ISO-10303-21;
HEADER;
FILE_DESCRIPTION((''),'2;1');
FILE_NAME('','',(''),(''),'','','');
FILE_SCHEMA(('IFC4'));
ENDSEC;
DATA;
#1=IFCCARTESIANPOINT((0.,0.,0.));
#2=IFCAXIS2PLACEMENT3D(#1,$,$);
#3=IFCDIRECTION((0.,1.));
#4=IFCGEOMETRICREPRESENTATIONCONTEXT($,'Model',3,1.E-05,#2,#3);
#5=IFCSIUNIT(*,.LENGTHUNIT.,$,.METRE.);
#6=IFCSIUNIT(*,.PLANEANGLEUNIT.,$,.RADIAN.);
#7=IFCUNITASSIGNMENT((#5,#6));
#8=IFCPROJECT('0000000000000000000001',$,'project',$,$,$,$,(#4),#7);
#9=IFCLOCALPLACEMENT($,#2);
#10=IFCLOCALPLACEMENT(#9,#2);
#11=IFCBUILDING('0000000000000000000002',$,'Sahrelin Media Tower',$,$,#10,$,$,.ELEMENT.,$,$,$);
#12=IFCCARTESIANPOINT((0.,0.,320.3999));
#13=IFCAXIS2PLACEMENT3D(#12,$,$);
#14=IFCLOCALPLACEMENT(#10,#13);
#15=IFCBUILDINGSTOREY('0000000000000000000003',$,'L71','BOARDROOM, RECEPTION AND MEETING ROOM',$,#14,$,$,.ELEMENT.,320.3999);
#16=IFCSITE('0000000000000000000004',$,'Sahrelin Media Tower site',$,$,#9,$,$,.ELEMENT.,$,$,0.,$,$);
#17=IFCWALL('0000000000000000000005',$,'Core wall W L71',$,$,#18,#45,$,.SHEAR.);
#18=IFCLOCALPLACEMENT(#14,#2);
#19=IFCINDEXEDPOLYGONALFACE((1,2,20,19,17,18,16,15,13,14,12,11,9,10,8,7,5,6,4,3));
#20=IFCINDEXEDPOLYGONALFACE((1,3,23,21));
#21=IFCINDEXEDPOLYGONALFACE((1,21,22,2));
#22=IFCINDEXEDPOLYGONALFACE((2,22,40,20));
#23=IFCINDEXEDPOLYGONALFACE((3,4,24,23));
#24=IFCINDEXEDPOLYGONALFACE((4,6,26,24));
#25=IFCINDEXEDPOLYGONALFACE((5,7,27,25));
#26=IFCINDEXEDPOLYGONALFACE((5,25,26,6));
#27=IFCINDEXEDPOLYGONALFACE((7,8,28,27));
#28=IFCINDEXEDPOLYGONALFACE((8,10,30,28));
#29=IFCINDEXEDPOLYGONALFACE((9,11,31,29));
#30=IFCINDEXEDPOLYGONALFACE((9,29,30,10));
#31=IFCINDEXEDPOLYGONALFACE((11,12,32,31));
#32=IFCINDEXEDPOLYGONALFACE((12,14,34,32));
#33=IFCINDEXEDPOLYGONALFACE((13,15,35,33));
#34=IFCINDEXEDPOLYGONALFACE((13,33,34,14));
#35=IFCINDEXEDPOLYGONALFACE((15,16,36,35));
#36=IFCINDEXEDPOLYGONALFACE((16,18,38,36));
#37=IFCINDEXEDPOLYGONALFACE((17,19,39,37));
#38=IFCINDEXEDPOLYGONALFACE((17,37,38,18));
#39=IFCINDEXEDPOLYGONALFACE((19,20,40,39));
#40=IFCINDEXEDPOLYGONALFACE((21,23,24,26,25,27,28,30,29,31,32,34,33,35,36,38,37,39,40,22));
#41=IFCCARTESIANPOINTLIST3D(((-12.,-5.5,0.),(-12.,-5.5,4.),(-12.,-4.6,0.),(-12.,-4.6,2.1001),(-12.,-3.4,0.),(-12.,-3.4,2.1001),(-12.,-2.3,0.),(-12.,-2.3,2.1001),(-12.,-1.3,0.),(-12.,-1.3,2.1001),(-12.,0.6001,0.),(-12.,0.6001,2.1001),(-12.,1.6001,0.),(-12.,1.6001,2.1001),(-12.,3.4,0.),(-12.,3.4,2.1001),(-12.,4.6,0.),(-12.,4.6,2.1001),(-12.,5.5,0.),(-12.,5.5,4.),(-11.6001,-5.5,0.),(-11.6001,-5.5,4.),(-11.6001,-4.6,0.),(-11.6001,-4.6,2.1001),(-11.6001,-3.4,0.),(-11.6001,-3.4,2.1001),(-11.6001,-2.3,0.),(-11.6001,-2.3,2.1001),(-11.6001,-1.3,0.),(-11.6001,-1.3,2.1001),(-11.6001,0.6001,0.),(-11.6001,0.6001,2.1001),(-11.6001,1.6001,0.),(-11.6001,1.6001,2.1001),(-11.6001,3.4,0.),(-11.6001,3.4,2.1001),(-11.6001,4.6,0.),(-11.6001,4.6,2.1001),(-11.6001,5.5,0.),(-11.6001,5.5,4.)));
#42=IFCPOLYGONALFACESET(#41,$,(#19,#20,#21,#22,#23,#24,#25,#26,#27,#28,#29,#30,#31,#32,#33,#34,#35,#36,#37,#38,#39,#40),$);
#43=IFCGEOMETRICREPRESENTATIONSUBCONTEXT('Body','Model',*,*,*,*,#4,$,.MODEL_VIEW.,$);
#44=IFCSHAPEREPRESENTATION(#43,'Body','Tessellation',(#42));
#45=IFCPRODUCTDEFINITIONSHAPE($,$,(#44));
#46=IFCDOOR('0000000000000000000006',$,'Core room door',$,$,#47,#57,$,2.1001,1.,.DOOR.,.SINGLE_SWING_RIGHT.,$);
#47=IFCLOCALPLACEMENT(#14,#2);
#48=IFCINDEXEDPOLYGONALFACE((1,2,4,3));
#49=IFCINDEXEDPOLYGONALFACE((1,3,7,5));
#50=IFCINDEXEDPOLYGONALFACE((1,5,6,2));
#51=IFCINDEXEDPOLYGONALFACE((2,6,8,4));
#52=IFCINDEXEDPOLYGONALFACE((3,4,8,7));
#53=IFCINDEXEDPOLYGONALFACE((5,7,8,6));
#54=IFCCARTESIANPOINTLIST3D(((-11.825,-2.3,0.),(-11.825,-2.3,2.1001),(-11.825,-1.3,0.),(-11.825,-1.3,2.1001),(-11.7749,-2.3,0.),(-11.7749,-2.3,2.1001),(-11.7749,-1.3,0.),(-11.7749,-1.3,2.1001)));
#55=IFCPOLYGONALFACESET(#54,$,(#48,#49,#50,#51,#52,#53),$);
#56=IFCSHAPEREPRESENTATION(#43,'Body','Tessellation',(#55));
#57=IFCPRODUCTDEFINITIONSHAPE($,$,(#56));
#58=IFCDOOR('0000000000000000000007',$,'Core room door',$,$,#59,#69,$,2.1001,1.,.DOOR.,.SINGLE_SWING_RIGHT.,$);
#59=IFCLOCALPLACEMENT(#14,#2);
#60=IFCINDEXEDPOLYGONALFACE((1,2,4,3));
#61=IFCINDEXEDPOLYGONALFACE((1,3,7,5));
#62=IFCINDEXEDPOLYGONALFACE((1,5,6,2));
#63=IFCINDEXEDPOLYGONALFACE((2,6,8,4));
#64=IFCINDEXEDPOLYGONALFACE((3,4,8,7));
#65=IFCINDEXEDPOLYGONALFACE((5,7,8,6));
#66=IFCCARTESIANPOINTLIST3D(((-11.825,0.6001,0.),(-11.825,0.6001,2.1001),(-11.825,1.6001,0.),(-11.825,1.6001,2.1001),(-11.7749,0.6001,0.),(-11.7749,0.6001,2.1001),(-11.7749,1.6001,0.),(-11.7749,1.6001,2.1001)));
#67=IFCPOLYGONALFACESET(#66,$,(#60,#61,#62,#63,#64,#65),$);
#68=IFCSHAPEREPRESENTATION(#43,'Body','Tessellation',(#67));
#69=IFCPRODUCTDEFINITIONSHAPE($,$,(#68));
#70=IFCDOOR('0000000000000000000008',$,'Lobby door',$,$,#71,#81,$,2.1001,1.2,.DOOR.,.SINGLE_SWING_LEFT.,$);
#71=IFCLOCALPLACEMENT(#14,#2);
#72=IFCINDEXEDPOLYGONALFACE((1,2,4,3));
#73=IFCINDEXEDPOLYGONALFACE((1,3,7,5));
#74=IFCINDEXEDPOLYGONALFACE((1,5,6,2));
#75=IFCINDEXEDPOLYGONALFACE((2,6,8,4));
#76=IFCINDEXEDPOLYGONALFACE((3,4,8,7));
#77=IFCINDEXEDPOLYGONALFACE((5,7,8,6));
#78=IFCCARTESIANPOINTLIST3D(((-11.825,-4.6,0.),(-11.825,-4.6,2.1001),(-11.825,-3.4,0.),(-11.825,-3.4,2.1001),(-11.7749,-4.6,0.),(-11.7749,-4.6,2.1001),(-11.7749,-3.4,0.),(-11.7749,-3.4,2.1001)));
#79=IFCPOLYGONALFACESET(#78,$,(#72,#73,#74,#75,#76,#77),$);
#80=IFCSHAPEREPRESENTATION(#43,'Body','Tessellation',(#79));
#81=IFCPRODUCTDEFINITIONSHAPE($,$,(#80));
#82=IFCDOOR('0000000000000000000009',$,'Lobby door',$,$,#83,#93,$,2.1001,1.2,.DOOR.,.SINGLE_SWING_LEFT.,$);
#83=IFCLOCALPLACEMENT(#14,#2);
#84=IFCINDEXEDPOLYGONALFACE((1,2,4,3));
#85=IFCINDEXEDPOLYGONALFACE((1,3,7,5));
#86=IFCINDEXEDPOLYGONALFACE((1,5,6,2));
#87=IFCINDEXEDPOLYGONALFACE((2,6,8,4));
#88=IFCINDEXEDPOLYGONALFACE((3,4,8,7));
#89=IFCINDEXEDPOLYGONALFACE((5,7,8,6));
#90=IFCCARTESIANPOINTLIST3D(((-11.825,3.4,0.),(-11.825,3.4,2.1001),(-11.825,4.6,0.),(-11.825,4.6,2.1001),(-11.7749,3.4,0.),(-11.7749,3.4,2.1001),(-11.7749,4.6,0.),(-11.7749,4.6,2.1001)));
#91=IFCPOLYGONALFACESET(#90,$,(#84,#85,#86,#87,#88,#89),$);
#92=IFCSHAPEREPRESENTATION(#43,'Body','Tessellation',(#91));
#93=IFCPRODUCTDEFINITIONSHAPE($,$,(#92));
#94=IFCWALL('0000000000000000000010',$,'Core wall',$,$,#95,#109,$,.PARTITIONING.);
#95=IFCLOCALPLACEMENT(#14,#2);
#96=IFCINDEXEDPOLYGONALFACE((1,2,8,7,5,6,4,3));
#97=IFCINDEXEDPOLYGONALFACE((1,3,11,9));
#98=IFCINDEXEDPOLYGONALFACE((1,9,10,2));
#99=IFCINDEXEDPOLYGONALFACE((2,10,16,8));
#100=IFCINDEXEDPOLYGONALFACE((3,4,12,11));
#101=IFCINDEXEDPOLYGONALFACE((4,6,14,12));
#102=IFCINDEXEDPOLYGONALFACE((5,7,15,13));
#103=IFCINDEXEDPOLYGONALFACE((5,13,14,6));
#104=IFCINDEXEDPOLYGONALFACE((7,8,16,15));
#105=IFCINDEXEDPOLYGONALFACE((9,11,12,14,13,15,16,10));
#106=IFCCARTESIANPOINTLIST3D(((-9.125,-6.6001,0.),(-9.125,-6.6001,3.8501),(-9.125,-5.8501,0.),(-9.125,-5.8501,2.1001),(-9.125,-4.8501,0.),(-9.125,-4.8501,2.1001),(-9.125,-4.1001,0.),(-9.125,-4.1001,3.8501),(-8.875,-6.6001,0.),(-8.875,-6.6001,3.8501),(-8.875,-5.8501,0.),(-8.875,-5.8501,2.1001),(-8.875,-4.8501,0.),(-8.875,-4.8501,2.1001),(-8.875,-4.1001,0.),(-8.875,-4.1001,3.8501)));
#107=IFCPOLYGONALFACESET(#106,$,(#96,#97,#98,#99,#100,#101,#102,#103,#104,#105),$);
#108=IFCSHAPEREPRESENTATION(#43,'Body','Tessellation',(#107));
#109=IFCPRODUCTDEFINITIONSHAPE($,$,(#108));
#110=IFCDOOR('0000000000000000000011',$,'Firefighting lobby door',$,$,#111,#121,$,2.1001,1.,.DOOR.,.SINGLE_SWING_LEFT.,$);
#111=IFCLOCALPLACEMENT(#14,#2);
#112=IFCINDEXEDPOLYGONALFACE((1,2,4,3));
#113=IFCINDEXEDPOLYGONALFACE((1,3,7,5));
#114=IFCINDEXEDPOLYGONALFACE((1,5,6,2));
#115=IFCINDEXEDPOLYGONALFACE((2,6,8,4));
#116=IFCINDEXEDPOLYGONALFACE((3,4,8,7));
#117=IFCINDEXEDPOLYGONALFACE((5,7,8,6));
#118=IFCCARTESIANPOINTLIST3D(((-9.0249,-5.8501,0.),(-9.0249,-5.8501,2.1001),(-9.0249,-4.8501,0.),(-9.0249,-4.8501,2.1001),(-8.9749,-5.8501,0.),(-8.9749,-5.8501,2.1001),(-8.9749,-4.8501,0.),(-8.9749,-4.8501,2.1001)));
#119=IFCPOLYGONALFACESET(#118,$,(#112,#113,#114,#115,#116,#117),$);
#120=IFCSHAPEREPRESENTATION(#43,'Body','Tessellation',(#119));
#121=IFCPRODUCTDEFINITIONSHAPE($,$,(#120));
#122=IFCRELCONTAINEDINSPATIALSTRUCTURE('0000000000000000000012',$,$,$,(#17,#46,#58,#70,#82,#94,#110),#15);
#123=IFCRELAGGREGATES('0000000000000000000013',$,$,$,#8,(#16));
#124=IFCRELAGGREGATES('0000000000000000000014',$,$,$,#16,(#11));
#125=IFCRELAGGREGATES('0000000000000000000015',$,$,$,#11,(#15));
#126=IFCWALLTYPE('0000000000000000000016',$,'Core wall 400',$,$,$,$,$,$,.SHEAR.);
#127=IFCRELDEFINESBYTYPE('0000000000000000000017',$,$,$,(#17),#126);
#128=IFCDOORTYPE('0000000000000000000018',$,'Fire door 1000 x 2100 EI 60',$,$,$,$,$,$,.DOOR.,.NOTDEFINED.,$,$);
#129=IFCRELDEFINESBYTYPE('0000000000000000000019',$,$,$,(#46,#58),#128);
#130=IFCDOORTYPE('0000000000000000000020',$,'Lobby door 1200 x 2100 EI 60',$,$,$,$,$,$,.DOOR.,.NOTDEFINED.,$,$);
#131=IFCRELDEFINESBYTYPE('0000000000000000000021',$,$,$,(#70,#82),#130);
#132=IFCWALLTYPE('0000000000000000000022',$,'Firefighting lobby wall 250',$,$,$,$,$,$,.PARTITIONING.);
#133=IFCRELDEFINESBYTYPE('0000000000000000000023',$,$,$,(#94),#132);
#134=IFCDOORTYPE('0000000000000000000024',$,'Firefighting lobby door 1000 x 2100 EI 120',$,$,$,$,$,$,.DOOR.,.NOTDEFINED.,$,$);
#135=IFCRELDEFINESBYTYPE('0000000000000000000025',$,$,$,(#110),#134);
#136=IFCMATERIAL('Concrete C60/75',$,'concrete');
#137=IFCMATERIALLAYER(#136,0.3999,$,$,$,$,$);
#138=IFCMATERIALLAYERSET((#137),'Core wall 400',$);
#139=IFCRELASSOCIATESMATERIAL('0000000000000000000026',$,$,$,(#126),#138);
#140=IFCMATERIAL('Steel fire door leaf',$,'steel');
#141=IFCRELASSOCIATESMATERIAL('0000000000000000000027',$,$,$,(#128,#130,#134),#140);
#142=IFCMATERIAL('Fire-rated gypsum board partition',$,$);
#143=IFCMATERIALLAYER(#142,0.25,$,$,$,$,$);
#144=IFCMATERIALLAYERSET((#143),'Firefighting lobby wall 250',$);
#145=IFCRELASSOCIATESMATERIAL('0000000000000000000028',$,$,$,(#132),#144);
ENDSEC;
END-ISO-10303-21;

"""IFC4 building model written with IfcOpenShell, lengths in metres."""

from ifc_helpers import new_model, si_unit, direction, frame, frame_2d, origin, place, context, subcontext, project, spatial, rectangle, extrude, material, layer, layer_set, type_object, element, fill, save


model = new_model("IFC4")

# Units and contexts
model_context = context("Model", 3, precision=1e-05, world=origin(), true_north=direction((0.0, 1.0)))
body_context = subcontext(model_context, "Body", "Model", "MODEL_VIEW")
ifc_project = project(units=[si_unit("LENGTHUNIT", "METRE"), si_unit("PLANEANGLEUNIT", "RADIAN")], contexts=[model_context])

# Site, building, storey
site_placement = place(None, origin())
site = spatial("IfcSite", under=ifc_project, at=site_placement, Name="Sahrelin Media Tower site", CompositionType="ELEMENT", RefElevation=0.0)
building_placement = place(site_placement, origin())
building = spatial("IfcBuilding", under=site, at=building_placement, Name="Sahrelin Media Tower", CompositionType="ELEMENT")
storey_placement = place(building_placement, frame((0.0, 0.0, 320.3999)))
storey = spatial("IfcBuildingStorey", under=building, at=storey_placement, Name="L71", Description="BOARDROOM, RECEPTION AND MEETING ROOM", CompositionType="ELEMENT", Elevation=320.3999)

# Shared definitions
ifc_material_1 = material(Name="Concrete C60/75", Category="concrete")
ifc_layer_1 = layer(ifc_material_1, 0.3999)
ifc_layer_set_1 = layer_set([ifc_layer_1], Name="Core wall 400")
wall_type_1 = type_object("IfcWallType", Name="Core wall 400", PredefinedType="SHEAR", material=ifc_layer_set_1)

# Wall, openings, doors
wall_1_placement = place(storey_placement, frame((-11.8, -5.5, 0.0), z_axis=(0.0, 0.0, 1.0), x_axis=(0.0, 1.0, 0.0)))
wall_1 = element("IfcWall", 1, at=wall_1_placement, inside=storey, type_object=wall_type_1, Name="Core wall W L71", PredefinedType="SHEAR", context=body_context, shape_type="SweptSolid", body=[
    extrude(rectangle(XDim=11.0, YDim=0.3999, at=frame_2d((5.5, 0.0))), origin(), (0.0, 0.0, 1.0), 4.0),
])
opening_1_placement = place(wall_1_placement, frame((3.2, 0.0, 0.0)))
opening_1 = element("IfcOpeningElement", 2, at=opening_1_placement, cuts=wall_1, PredefinedType="OPENING", context=body_context, shape_type="SweptSolid", body=[
    extrude(rectangle(XDim=1.0, YDim=2.1001, at=frame_2d((0.5, 1.05))), frame((0.0, 0.2, 0.0), z_axis=(0.0, -1.0, 0.0), x_axis=(1.0, 0.0, 0.0)), (0.0, 0.0, 1.0), 0.3999),
])
opening_2_placement = place(wall_1_placement, frame((6.1001, 0.0, 0.0)))
opening_2 = element("IfcOpeningElement", 3, at=opening_2_placement, cuts=wall_1, PredefinedType="OPENING", context=body_context, shape_type="SweptSolid", body=[
    extrude(rectangle(XDim=1.0, YDim=2.1001, at=frame_2d((0.5, 1.05))), frame((0.0, 0.2, 0.0), z_axis=(0.0, -1.0, 0.0), x_axis=(1.0, 0.0, 0.0)), (0.0, 0.0, 1.0), 0.3999),
])
opening_3_placement = place(wall_1_placement, frame((0.8999, 0.0, 0.0)))
opening_3 = element("IfcOpeningElement", 4, at=opening_3_placement, cuts=wall_1, PredefinedType="OPENING", context=body_context, shape_type="SweptSolid", body=[
    extrude(rectangle(XDim=1.2, YDim=2.1001, at=frame_2d((0.6001, 1.05))), frame((0.0, 0.2, 0.0), z_axis=(0.0, -1.0, 0.0), x_axis=(1.0, 0.0, 0.0)), (0.0, 0.0, 1.0), 0.3999),
])
opening_4_placement = place(wall_1_placement, frame((8.8999, 0.0, 0.0)))
opening_4 = element("IfcOpeningElement", 5, at=opening_4_placement, cuts=wall_1, PredefinedType="OPENING", context=body_context, shape_type="SweptSolid", body=[
    extrude(rectangle(XDim=1.2, YDim=2.1001, at=frame_2d((0.6001, 1.05))), frame((0.0, 0.2, 0.0), z_axis=(0.0, -1.0, 0.0), x_axis=(1.0, 0.0, 0.0)), (0.0, 0.0, 1.0), 0.3999),
])
ifc_material_2 = material(Name="Steel fire door leaf", Category="steel")
door_type_1 = type_object("IfcDoorType", Name="Fire door 1000 x 2100 EI 60", OperationType="NOTDEFINED", PredefinedType="DOOR", material=ifc_material_2)
door_1_placement = place(opening_1_placement, origin())
door_1 = element("IfcDoor", 6, at=door_1_placement, inside=storey, type_object=door_type_1, Name="Core room door", OperationType="SINGLE_SWING_RIGHT", OverallHeight=2.1001, OverallWidth=1.0, PredefinedType="DOOR", context=body_context, shape_type="SweptSolid", body=[
    extrude(rectangle(XDim=1.0, YDim=2.1001, at=frame_2d((0.5, 1.05))), frame((0.0, 0.0249, 0.0), z_axis=(0.0, -1.0, 0.0), x_axis=(1.0, 0.0, 0.0)), (0.0, 0.0, 1.0), 0.05),
])
fill(opening_1, door_1)
door_2_placement = place(opening_2_placement, origin())
door_2 = element("IfcDoor", 7, at=door_2_placement, inside=storey, type_object=door_type_1, Name="Core room door", OperationType="SINGLE_SWING_RIGHT", OverallHeight=2.1001, OverallWidth=1.0, PredefinedType="DOOR", context=body_context, shape_type="SweptSolid", body=[
    extrude(rectangle(XDim=1.0, YDim=2.1001, at=frame_2d((0.5, 1.05))), frame((0.0, 0.0249, 0.0), z_axis=(0.0, -1.0, 0.0), x_axis=(1.0, 0.0, 0.0)), (0.0, 0.0, 1.0), 0.05),
])
fill(opening_2, door_2)
door_type_2 = type_object("IfcDoorType", Name="Lobby door 1200 x 2100 EI 60", OperationType="NOTDEFINED", PredefinedType="DOOR", material=ifc_material_2)
door_3_placement = place(opening_3_placement, origin())
door_3 = element("IfcDoor", 8, at=door_3_placement, inside=storey, type_object=door_type_2, Name="Lobby door", OperationType="SINGLE_SWING_LEFT", OverallHeight=2.1001, OverallWidth=1.2, PredefinedType="DOOR", context=body_context, shape_type="SweptSolid", body=[
    extrude(rectangle(XDim=1.2, YDim=2.1001, at=frame_2d((0.6001, 1.05))), frame((0.0, 0.0249, 0.0), z_axis=(0.0, -1.0, 0.0), x_axis=(1.0, 0.0, 0.0)), (0.0, 0.0, 1.0), 0.05),
])
fill(opening_3, door_3)
door_4_placement = place(opening_4_placement, origin())
door_4 = element("IfcDoor", 9, at=door_4_placement, inside=storey, type_object=door_type_2, Name="Lobby door", OperationType="SINGLE_SWING_LEFT", OverallHeight=2.1001, OverallWidth=1.2, PredefinedType="DOOR", context=body_context, shape_type="SweptSolid", body=[
    extrude(rectangle(XDim=1.2, YDim=2.1001, at=frame_2d((0.6001, 1.05))), frame((0.0, 0.0249, 0.0), z_axis=(0.0, -1.0, 0.0), x_axis=(1.0, 0.0, 0.0)), (0.0, 0.0, 1.0), 0.05),
])
fill(opening_4, door_4)

# Wall, opening, door
ifc_material_3 = material(Name="Fire-rated gypsum board partition")
ifc_layer_2 = layer(ifc_material_3, 0.25)
ifc_layer_set_2 = layer_set([ifc_layer_2], Name="Firefighting lobby wall 250")
wall_type_2 = type_object("IfcWallType", Name="Firefighting lobby wall 250", PredefinedType="PARTITIONING", material=ifc_layer_set_2)
wall_2_placement = place(storey_placement, frame((-9.0, -6.6001, 0.0), z_axis=(0.0, 0.0, 1.0), x_axis=(0.0, 1.0, 0.0)))
wall_2 = element("IfcWall", 10, at=wall_2_placement, inside=storey, type_object=wall_type_2, Name="Core wall", PredefinedType="PARTITIONING", context=body_context, shape_type="SweptSolid", body=[
    extrude(rectangle(XDim=2.5, YDim=0.25, at=frame_2d((1.25, 0.0))), origin(), (0.0, 0.0, 1.0), 3.8501),
])
opening_5_placement = place(wall_2_placement, frame((0.75, 0.0, 0.0)))
opening_5 = element("IfcOpeningElement", 11, at=opening_5_placement, cuts=wall_2, PredefinedType="OPENING", context=body_context, shape_type="SweptSolid", body=[
    extrude(rectangle(XDim=1.0, YDim=2.1001, at=frame_2d((0.5, 1.05))), frame((0.0, 0.125, 0.0), z_axis=(0.0, -1.0, 0.0), x_axis=(1.0, 0.0, 0.0)), (0.0, 0.0, 1.0), 0.25),
])
door_type_3 = type_object("IfcDoorType", Name="Firefighting lobby door 1000 x 2100 EI 120", OperationType="NOTDEFINED", PredefinedType="DOOR", material=ifc_material_2)
door_5_placement = place(opening_5_placement, origin())
door_5 = element("IfcDoor", 12, at=door_5_placement, inside=storey, type_object=door_type_3, Name="Firefighting lobby door", OperationType="SINGLE_SWING_LEFT", OverallHeight=2.1001, OverallWidth=1.0, PredefinedType="DOOR", context=body_context, shape_type="SweptSolid", body=[
    extrude(rectangle(XDim=1.0, YDim=2.1001, at=frame_2d((0.5, 1.05))), frame((0.0, 0.0249, 0.0), z_axis=(0.0, -1.0, 0.0), x_axis=(1.0, 0.0, 0.0)), (0.0, 0.0, 1.0), 0.05),
])
fill(opening_5, door_5)

save(model, "model.ifc")
